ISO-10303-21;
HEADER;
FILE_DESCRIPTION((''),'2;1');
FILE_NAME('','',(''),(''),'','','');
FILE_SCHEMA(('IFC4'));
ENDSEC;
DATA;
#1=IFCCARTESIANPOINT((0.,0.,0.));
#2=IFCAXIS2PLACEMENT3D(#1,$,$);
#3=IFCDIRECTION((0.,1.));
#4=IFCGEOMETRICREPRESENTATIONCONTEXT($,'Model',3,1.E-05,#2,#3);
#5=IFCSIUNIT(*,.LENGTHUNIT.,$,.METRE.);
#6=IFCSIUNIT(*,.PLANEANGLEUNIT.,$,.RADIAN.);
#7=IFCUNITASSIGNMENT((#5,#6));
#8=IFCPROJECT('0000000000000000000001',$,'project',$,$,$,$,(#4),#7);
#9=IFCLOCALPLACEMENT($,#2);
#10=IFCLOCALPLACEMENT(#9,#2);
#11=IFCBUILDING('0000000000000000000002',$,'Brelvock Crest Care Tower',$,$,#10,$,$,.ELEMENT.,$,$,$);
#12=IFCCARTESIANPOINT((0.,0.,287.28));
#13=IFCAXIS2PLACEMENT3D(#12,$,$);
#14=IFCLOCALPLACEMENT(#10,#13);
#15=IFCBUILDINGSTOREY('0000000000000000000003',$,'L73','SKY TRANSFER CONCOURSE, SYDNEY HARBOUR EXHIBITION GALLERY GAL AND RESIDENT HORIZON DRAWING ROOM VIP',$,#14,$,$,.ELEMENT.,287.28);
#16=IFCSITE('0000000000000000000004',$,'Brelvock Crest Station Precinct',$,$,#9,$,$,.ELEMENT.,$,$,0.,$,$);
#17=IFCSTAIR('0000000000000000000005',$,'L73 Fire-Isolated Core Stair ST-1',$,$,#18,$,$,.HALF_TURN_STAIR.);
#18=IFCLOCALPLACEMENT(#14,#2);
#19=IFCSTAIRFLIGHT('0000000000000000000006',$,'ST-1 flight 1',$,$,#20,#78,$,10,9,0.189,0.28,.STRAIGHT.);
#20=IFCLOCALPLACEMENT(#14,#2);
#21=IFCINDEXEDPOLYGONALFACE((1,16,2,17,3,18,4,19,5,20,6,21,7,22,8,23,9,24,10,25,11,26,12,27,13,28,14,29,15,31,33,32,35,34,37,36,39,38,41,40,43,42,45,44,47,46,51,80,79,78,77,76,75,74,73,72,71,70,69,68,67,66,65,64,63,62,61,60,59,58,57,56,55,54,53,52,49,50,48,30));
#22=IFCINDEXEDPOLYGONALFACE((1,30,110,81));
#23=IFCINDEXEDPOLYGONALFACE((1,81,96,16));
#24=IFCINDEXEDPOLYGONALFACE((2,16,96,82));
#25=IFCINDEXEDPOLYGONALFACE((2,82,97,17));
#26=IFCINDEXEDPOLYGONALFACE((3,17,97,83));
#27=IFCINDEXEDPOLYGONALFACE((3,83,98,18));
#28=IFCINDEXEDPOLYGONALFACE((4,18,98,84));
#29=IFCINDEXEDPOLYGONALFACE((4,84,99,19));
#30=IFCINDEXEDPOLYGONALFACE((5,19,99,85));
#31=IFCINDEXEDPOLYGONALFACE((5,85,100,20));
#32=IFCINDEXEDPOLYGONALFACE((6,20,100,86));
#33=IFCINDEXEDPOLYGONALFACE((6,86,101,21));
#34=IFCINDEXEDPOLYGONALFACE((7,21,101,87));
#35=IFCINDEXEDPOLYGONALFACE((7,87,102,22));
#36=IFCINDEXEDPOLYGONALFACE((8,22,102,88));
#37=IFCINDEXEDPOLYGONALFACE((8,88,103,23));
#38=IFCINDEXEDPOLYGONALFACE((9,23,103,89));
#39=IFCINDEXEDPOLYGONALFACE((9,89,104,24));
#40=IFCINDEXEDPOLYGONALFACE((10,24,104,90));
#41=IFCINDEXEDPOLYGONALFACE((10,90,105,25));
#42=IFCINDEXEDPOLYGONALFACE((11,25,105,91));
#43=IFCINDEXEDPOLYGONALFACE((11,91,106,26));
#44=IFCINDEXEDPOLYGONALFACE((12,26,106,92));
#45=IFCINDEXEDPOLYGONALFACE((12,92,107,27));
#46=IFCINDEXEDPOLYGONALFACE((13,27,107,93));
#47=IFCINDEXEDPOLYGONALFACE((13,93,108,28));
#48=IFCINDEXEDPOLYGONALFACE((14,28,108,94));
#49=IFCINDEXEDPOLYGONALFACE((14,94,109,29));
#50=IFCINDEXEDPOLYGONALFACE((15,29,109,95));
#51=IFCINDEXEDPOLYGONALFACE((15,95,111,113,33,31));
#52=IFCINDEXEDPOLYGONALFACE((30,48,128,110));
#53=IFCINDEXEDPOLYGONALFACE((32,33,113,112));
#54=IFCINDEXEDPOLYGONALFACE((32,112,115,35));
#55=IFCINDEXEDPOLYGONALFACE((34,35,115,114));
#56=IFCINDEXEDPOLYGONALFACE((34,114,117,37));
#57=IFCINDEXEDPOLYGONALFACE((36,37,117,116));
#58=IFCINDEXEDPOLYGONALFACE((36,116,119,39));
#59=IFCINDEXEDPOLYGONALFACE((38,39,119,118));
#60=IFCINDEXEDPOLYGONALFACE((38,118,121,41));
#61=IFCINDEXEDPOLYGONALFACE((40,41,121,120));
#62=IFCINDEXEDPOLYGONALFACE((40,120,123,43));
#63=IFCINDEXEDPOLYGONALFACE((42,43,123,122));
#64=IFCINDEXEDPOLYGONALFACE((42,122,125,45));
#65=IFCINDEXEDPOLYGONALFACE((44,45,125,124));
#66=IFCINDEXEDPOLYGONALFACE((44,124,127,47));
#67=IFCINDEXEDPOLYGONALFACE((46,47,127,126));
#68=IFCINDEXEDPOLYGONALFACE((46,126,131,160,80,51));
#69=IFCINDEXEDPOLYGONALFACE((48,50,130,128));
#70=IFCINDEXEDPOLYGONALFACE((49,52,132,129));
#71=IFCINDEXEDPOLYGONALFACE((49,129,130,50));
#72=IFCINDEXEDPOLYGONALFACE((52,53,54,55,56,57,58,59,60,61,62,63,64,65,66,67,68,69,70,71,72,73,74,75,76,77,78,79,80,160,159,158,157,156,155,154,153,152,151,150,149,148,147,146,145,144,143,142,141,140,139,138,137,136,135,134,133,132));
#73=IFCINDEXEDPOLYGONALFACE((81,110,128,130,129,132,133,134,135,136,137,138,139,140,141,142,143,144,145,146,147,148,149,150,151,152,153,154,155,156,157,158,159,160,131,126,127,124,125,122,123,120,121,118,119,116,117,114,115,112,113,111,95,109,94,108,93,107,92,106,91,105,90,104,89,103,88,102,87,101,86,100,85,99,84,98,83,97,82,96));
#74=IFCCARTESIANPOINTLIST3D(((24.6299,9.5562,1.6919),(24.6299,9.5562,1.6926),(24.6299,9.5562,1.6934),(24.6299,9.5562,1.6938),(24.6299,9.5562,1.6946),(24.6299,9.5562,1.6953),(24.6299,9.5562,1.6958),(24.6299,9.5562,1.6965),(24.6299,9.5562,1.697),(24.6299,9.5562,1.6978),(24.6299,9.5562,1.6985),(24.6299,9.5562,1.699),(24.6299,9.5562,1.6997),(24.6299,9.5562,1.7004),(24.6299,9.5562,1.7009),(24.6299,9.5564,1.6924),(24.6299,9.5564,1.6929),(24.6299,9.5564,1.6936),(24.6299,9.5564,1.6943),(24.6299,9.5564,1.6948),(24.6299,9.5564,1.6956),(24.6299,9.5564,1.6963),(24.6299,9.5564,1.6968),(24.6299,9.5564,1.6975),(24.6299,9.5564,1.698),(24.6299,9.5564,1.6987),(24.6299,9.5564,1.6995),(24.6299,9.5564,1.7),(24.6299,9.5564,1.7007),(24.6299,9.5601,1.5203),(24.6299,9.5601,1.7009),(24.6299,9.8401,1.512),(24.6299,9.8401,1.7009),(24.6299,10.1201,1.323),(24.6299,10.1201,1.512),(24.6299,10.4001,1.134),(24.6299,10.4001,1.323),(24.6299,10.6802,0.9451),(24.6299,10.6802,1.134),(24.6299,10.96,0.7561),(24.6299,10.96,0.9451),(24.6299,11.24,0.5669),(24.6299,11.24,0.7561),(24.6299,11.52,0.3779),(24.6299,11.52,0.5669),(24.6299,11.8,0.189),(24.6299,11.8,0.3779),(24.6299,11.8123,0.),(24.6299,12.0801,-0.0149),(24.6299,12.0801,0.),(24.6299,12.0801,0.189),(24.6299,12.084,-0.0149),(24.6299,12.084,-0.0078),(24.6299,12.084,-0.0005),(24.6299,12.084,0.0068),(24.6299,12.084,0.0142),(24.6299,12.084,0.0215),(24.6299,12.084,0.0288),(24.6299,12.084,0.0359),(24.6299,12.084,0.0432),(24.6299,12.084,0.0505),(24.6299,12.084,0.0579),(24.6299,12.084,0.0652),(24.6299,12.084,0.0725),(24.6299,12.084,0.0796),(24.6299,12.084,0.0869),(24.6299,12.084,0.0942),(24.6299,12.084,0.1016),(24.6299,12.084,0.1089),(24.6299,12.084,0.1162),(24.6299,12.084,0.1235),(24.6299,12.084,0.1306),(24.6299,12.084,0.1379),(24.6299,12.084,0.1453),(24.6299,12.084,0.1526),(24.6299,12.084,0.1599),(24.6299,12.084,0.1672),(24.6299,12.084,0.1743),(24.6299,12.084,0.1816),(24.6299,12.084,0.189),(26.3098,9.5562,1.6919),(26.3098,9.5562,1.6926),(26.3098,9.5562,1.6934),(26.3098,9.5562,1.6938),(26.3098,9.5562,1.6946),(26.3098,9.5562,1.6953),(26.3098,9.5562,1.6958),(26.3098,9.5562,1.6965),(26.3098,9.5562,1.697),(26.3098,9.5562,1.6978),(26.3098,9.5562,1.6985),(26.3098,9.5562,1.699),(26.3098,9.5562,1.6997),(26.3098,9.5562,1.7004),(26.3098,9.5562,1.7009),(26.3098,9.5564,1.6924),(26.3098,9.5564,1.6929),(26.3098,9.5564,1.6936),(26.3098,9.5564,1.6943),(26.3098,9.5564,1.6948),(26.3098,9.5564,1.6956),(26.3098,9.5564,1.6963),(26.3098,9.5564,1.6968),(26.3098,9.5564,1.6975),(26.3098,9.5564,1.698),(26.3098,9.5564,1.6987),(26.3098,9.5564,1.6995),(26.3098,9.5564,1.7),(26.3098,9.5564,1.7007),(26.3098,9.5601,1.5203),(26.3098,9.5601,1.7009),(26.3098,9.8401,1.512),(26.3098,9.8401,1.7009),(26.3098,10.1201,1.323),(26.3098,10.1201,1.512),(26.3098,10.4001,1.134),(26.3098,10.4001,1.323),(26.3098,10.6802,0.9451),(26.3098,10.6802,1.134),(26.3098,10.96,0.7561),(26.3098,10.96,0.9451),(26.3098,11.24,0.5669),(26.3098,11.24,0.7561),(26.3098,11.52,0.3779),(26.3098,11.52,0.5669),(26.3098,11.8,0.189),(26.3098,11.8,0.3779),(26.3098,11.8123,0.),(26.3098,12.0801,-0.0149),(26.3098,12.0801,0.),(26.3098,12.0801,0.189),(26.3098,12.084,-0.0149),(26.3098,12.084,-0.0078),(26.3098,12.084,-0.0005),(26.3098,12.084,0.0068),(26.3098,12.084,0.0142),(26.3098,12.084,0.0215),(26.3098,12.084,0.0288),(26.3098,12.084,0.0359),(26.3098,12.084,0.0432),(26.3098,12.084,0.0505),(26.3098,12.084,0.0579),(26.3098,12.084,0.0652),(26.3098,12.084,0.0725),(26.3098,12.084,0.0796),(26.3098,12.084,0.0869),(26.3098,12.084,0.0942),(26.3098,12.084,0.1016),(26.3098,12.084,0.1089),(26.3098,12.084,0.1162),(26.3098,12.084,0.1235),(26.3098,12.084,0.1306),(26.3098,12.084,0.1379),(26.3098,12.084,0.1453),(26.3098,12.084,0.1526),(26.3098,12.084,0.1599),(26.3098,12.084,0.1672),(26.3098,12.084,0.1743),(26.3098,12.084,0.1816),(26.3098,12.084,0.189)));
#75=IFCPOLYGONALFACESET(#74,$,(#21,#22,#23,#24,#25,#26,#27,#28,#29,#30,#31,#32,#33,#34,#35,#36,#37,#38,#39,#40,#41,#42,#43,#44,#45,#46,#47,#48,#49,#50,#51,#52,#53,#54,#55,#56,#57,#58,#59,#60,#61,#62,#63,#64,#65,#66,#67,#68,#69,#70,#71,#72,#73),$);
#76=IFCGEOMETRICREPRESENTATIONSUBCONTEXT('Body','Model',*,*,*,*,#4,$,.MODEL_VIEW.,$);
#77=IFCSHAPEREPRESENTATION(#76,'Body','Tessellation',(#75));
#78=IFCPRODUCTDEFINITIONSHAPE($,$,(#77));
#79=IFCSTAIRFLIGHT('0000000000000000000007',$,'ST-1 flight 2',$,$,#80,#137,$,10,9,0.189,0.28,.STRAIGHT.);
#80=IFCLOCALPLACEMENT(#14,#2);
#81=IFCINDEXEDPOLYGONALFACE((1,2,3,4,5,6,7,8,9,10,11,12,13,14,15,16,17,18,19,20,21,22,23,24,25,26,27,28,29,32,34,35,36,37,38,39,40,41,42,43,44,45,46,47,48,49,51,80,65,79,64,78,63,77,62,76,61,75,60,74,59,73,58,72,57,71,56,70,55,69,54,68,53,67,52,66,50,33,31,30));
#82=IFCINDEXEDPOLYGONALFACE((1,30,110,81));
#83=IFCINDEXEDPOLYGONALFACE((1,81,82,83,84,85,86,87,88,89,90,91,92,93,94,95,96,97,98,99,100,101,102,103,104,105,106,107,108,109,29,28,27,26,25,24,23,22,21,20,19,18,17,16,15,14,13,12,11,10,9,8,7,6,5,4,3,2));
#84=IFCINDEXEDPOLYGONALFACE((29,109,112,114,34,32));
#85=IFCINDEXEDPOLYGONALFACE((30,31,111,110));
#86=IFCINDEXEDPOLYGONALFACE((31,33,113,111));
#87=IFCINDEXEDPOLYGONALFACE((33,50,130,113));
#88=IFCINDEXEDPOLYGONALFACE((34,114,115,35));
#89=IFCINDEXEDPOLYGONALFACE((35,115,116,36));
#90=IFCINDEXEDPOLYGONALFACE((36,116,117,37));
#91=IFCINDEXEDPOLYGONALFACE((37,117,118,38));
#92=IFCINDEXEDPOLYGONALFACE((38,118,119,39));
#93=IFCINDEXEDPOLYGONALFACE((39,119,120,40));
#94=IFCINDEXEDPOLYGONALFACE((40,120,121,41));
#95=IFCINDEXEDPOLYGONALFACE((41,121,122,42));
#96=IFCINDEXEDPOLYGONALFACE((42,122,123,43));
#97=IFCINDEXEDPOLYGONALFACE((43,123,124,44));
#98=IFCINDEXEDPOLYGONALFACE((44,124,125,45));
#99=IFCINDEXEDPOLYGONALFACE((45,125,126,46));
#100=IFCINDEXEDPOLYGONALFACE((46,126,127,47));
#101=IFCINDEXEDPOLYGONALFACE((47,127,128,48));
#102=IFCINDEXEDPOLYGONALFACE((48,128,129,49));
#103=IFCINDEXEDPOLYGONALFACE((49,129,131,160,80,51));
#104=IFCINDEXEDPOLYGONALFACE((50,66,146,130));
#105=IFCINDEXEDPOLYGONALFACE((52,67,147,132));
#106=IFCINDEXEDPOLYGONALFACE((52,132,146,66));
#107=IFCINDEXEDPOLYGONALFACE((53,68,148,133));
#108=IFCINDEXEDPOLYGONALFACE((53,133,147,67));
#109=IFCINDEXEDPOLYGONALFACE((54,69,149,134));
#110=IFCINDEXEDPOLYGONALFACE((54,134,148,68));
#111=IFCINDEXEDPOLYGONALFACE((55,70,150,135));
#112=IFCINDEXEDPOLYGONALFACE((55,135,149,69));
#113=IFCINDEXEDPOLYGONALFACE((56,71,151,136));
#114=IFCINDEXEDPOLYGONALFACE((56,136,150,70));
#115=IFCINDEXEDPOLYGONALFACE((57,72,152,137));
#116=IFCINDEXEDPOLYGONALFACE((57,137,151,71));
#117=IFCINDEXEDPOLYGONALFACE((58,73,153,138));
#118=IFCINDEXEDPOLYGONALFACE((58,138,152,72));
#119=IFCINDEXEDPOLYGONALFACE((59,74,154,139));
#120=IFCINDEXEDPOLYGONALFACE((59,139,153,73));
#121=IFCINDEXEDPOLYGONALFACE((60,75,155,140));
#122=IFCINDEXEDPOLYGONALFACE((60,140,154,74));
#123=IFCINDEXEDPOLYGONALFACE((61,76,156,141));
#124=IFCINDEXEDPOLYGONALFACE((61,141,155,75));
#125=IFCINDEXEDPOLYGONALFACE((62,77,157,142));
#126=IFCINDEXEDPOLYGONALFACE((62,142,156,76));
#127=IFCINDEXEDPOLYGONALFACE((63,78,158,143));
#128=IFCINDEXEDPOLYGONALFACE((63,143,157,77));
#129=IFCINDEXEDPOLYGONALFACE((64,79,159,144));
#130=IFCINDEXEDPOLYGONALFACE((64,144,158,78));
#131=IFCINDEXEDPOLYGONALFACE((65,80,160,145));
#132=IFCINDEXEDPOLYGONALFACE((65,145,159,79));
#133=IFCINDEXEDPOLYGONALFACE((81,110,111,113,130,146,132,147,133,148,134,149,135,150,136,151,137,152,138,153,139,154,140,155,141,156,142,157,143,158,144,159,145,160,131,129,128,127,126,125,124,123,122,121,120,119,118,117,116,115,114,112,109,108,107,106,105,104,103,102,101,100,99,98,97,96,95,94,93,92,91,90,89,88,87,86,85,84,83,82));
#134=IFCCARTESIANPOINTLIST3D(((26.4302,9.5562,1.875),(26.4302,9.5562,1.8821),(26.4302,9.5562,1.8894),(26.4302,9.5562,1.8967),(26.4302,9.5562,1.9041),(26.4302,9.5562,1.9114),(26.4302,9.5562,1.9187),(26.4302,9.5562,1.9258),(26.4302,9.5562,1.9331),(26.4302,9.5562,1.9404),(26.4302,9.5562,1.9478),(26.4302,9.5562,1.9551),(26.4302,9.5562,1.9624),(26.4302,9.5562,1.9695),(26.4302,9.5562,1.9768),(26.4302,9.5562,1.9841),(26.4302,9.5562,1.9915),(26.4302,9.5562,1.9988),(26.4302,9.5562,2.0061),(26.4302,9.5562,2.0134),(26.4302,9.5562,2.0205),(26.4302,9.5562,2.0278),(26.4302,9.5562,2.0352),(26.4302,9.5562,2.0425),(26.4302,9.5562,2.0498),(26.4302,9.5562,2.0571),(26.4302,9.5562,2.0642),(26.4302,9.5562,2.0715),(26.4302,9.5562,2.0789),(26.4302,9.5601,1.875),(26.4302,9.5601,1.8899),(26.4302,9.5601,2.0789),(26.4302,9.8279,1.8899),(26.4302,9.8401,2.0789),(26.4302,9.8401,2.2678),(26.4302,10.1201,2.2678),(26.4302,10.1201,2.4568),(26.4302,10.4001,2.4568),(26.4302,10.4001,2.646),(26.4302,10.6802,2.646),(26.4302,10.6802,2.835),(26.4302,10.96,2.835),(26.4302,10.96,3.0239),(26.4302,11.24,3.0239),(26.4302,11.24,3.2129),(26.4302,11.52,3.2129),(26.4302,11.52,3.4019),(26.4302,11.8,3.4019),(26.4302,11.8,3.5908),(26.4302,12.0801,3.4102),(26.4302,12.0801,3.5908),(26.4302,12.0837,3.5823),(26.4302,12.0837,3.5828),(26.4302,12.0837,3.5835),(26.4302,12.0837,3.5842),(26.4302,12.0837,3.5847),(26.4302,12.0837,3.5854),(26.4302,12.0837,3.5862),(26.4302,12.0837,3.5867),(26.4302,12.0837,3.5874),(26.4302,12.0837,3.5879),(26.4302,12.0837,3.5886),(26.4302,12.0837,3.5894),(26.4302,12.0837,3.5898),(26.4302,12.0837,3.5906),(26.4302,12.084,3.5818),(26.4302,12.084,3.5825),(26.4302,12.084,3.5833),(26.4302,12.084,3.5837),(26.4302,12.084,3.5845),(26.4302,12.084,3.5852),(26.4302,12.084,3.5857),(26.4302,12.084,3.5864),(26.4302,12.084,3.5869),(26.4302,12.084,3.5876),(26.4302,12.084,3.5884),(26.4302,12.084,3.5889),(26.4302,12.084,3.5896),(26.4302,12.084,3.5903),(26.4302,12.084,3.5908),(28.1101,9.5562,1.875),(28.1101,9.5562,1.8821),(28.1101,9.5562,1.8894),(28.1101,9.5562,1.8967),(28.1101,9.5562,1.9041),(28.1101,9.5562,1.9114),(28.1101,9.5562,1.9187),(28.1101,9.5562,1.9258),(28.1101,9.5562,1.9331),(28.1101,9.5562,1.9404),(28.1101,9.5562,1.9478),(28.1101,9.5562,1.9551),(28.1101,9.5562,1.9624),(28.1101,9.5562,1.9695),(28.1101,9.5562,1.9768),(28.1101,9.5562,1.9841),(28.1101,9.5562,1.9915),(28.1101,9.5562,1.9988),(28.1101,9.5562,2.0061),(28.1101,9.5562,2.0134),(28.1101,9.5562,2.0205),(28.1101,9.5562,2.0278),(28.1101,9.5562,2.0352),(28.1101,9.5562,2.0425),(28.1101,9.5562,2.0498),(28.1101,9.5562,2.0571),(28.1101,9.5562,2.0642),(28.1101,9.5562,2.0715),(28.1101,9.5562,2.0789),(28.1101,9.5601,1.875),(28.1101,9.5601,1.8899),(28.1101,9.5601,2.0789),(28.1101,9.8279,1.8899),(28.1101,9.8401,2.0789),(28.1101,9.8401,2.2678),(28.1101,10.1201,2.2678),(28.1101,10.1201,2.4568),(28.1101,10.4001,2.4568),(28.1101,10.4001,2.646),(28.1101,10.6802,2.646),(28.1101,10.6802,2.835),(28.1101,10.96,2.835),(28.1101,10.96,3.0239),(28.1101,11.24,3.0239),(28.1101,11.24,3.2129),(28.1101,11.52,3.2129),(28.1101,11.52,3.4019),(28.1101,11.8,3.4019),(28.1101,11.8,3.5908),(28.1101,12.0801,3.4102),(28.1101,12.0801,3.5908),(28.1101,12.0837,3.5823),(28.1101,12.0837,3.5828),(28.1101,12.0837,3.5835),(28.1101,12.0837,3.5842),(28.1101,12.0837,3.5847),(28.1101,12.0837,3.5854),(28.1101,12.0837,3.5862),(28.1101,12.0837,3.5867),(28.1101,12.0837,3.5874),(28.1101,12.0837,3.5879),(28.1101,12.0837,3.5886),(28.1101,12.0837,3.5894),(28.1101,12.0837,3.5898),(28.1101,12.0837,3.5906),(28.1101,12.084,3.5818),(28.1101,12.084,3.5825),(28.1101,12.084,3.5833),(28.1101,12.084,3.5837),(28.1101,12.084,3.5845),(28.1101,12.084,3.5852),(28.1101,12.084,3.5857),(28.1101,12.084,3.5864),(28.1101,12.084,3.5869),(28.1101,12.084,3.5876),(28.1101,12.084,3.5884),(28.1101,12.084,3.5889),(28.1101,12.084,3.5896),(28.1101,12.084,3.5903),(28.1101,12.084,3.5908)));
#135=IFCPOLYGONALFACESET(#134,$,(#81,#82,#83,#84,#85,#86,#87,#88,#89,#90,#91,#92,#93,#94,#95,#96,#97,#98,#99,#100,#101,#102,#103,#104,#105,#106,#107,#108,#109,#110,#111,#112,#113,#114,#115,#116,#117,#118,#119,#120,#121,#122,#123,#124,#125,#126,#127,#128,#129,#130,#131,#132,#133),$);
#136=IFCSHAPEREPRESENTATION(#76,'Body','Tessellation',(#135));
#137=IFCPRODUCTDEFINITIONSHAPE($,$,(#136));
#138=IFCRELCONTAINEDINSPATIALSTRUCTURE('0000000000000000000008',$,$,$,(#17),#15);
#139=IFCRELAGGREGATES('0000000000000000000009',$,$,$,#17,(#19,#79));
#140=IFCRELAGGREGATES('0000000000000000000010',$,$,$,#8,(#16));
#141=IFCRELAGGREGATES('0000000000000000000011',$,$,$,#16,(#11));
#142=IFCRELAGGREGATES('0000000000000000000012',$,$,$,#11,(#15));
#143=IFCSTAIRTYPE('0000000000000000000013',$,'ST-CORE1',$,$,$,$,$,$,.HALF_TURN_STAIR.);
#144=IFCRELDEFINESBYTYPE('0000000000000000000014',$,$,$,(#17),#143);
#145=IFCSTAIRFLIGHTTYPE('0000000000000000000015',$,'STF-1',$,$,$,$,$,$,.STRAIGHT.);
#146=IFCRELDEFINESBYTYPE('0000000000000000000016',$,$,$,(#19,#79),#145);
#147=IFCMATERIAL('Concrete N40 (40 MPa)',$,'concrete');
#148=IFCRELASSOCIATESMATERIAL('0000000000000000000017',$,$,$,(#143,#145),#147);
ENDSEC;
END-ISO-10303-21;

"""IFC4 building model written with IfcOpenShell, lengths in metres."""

from ifc_helpers import new_model, si_unit, direction, frame, origin, place, context, subcontext, project, spatial, polyline, outline, extrude, material, type_object, element, aggregate, save


model = new_model("IFC4")

# Units and contexts
model_context = context("Model", 3, precision=1e-05, world=origin(), true_north=direction((0.0, 1.0)))
body_context = subcontext(model_context, "Body", "Model", "MODEL_VIEW")
ifc_project = project(units=[si_unit("LENGTHUNIT", "METRE"), si_unit("PLANEANGLEUNIT", "RADIAN")], contexts=[model_context])

# Site, building, storey
site_placement = place(None, origin())
site = spatial("IfcSite", under=ifc_project, at=site_placement, Name="Brelvock Crest Station Precinct", CompositionType="ELEMENT", RefElevation=0.0)
building_placement = place(site_placement, origin())
building = spatial("IfcBuilding", under=site, at=building_placement, Name="Brelvock Crest Care Tower", CompositionType="ELEMENT")
storey_placement = place(building_placement, frame((0.0, 0.0, 287.28)))
storey = spatial("IfcBuildingStorey", under=building, at=storey_placement, Name="L73", Description="SKY TRANSFER CONCOURSE, SYDNEY HARBOUR EXHIBITION GALLERY GAL AND RESIDENT HORIZON DRAWING ROOM VIP", CompositionType="ELEMENT", Elevation=287.28)

# Stair, stair flights
ifc_material_1 = material(Name="Concrete N40 (40 MPa)", Category="concrete")
stair_type = type_object("IfcStairType", Name="ST-CORE1", PredefinedType="HALF_TURN_STAIR", material=ifc_material_1)
stair_placement = place(storey_placement, origin())
stair = element("IfcStair", 1, at=stair_placement, inside=storey, type_object=stair_type, Name="L73 Fire-Isolated Core Stair ST-1", PredefinedType="HALF_TURN_STAIR")
stair_flight_type = type_object("IfcStairFlightType", Name="STF-1", PredefinedType="STRAIGHT", material=ifc_material_1)
stair_flight_1_placement = place(storey_placement, frame((25.47, 12.0801, 0.0), z_axis=(0.0, 0.0, 1.0), x_axis=(0.0, -1.0, 0.0)))
stair_flight_1 = element("IfcStairFlight", 2, at=stair_flight_1_placement, type_object=stair_flight_type, Name="ST-1 flight 1", NumberOfRisers=10, NumberOfTreads=9, PredefinedType="STRAIGHT", RiserHeight=0.189, TreadLength=0.28, context=body_context, shape_type="SweptSolid", body=[
    extrude(outline(polyline([(-0.0039, -0.0149), (-0.0039, -0.0078), (-0.0039, -0.0005), (-0.0039, 0.0068), (-0.0039, 0.0142), (-0.0039, 0.0215), (-0.0039, 0.0288), (-0.0039, 0.0359), (-0.0039, 0.0432), (-0.0039, 0.0505), (-0.0039, 0.0579), (-0.0039, 0.0652), (-0.0039, 0.0725), (-0.0039, 0.0796), (-0.0039, 0.0869), (-0.0039, 0.0942), (-0.0039, 0.1016), (-0.0039, 0.1089), (-0.0039, 0.1162), (-0.0039, 0.1235), (-0.0039, 0.1306), (-0.0039, 0.1379), (-0.0039, 0.1453), (-0.0039, 0.1526), (-0.0039, 0.1599), (-0.0039, 0.1672), (-0.0039, 0.1743), (-0.0039, 0.1816), (-0.0039, 0.189), (0.0, 0.189), (0.28, 0.189), (0.28, 0.3779), (0.5601, 0.3779), (0.5601, 0.5669), (0.8401, 0.5669), (0.8401, 0.7561), (1.1201, 0.7561), (1.1201, 0.9451), (1.3999, 0.9451), (1.3999, 1.134), (1.6799, 1.134), (1.6799, 1.323), (1.96, 1.323), (1.96, 1.512), (2.24, 1.512), (2.24, 1.7009), (2.52, 1.7009), (2.5239, 1.7009), (2.5237, 1.7007), (2.5239, 1.7004), (2.5237, 1.7), (2.5239, 1.6997), (2.5237, 1.6995), (2.5239, 1.699), (2.5237, 1.6987), (2.5239, 1.6985), (2.5237, 1.698), (2.5239, 1.6978), (2.5237, 1.6975), (2.5239, 1.697), (2.5237, 1.6968), (2.5239, 1.6965), (2.5237, 1.6963), (2.5239, 1.6958), (2.5237, 1.6956), (2.5239, 1.6953), (2.5237, 1.6948), (2.5239, 1.6946), (2.5237, 1.6943), (2.5239, 1.6938), (2.5237, 1.6936), (2.5239, 1.6934), (2.5237, 1.6929), (2.5239, 1.6926), (2.5237, 1.6924), (2.5239, 1.6919), (2.52, 1.5203), (0.2678, 0.0), (0.0, 0.0), (0.0, -0.0149), (-0.0039, -0.0149)])), frame((0.0, 0.8398, 0.0), z_axis=(0.0, -1.0, 0.0), x_axis=(1.0, 0.0, 0.0)), (0.0, 0.0, 1.0), 1.6799),
])
stair_flight_2_placement = place(storey_placement, frame((27.27, 9.5601, 1.8899), z_axis=(0.0, 0.0, 1.0), x_axis=(0.0, 1.0, 0.0)))
stair_flight_2 = element("IfcStairFlight", 3, at=stair_flight_2_placement, type_object=stair_flight_type, Name="ST-1 flight 2", NumberOfRisers=10, NumberOfTreads=9, PredefinedType="STRAIGHT", RiserHeight=0.189, TreadLength=0.28, context=body_context, shape_type="SweptSolid", body=[
    extrude(outline(polyline([(-0.0039, -0.0149), (-0.0039, -0.0078), (-0.0039, -0.0005), (-0.0039, 0.0068), (-0.0039, 0.0142), (-0.0039, 0.0215), (-0.0039, 0.0288), (-0.0039, 0.0359), (-0.0039, 0.0432), (-0.0039, 0.0505), (-0.0039, 0.0579), (-0.0039, 0.0652), (-0.0039, 0.0725), (-0.0039, 0.0796), (-0.0039, 0.0869), (-0.0039, 0.0942), (-0.0039, 0.1016), (-0.0039, 0.1089), (-0.0039, 0.1162), (-0.0039, 0.1235), (-0.0039, 0.1306), (-0.0039, 0.1379), (-0.0039, 0.1453), (-0.0039, 0.1526), (-0.0039, 0.1599), (-0.0039, 0.1672), (-0.0039, 0.1743), (-0.0039, 0.1816), (-0.0039, 0.189), (0.0, 0.189), (0.28, 0.189), (0.28, 0.3779), (0.5601, 0.3779), (0.5601, 0.5669), (0.8401, 0.5669), (0.8401, 0.7561), (1.1201, 0.7561), (1.1201, 0.9451), (1.3999, 0.9451), (1.3999, 1.134), (1.6799, 1.134), (1.6799, 1.323), (1.96, 1.323), (1.96, 1.512), (2.24, 1.512), (2.24, 1.7009), (2.52, 1.7009), (2.5239, 1.7009), (2.5237, 1.7007), (2.5239, 1.7004), (2.5237, 1.7), (2.5239, 1.6997), (2.5237, 1.6995), (2.5239, 1.699), (2.5237, 1.6987), (2.5239, 1.6985), (2.5237, 1.698), (2.5239, 1.6978), (2.5237, 1.6975), (2.5239, 1.697), (2.5237, 1.6968), (2.5239, 1.6965), (2.5237, 1.6963), (2.5239, 1.6958), (2.5237, 1.6956), (2.5239, 1.6953), (2.5237, 1.6948), (2.5239, 1.6946), (2.5237, 1.6943), (2.5239, 1.6938), (2.5237, 1.6936), (2.5239, 1.6934), (2.5237, 1.6929), (2.5239, 1.6926), (2.5237, 1.6924), (2.5239, 1.6919), (2.52, 1.5203), (0.2678, 0.0), (0.0, 0.0), (0.0, -0.0149), (-0.0039, -0.0149)])), frame((0.0, 0.8398, 0.0), z_axis=(0.0, -1.0, 0.0), x_axis=(1.0, 0.0, 0.0)), (0.0, 0.0, 1.0), 1.6799),
])
aggregate(stair, [stair_flight_1, stair_flight_2])

save(model, "model.ifc")
